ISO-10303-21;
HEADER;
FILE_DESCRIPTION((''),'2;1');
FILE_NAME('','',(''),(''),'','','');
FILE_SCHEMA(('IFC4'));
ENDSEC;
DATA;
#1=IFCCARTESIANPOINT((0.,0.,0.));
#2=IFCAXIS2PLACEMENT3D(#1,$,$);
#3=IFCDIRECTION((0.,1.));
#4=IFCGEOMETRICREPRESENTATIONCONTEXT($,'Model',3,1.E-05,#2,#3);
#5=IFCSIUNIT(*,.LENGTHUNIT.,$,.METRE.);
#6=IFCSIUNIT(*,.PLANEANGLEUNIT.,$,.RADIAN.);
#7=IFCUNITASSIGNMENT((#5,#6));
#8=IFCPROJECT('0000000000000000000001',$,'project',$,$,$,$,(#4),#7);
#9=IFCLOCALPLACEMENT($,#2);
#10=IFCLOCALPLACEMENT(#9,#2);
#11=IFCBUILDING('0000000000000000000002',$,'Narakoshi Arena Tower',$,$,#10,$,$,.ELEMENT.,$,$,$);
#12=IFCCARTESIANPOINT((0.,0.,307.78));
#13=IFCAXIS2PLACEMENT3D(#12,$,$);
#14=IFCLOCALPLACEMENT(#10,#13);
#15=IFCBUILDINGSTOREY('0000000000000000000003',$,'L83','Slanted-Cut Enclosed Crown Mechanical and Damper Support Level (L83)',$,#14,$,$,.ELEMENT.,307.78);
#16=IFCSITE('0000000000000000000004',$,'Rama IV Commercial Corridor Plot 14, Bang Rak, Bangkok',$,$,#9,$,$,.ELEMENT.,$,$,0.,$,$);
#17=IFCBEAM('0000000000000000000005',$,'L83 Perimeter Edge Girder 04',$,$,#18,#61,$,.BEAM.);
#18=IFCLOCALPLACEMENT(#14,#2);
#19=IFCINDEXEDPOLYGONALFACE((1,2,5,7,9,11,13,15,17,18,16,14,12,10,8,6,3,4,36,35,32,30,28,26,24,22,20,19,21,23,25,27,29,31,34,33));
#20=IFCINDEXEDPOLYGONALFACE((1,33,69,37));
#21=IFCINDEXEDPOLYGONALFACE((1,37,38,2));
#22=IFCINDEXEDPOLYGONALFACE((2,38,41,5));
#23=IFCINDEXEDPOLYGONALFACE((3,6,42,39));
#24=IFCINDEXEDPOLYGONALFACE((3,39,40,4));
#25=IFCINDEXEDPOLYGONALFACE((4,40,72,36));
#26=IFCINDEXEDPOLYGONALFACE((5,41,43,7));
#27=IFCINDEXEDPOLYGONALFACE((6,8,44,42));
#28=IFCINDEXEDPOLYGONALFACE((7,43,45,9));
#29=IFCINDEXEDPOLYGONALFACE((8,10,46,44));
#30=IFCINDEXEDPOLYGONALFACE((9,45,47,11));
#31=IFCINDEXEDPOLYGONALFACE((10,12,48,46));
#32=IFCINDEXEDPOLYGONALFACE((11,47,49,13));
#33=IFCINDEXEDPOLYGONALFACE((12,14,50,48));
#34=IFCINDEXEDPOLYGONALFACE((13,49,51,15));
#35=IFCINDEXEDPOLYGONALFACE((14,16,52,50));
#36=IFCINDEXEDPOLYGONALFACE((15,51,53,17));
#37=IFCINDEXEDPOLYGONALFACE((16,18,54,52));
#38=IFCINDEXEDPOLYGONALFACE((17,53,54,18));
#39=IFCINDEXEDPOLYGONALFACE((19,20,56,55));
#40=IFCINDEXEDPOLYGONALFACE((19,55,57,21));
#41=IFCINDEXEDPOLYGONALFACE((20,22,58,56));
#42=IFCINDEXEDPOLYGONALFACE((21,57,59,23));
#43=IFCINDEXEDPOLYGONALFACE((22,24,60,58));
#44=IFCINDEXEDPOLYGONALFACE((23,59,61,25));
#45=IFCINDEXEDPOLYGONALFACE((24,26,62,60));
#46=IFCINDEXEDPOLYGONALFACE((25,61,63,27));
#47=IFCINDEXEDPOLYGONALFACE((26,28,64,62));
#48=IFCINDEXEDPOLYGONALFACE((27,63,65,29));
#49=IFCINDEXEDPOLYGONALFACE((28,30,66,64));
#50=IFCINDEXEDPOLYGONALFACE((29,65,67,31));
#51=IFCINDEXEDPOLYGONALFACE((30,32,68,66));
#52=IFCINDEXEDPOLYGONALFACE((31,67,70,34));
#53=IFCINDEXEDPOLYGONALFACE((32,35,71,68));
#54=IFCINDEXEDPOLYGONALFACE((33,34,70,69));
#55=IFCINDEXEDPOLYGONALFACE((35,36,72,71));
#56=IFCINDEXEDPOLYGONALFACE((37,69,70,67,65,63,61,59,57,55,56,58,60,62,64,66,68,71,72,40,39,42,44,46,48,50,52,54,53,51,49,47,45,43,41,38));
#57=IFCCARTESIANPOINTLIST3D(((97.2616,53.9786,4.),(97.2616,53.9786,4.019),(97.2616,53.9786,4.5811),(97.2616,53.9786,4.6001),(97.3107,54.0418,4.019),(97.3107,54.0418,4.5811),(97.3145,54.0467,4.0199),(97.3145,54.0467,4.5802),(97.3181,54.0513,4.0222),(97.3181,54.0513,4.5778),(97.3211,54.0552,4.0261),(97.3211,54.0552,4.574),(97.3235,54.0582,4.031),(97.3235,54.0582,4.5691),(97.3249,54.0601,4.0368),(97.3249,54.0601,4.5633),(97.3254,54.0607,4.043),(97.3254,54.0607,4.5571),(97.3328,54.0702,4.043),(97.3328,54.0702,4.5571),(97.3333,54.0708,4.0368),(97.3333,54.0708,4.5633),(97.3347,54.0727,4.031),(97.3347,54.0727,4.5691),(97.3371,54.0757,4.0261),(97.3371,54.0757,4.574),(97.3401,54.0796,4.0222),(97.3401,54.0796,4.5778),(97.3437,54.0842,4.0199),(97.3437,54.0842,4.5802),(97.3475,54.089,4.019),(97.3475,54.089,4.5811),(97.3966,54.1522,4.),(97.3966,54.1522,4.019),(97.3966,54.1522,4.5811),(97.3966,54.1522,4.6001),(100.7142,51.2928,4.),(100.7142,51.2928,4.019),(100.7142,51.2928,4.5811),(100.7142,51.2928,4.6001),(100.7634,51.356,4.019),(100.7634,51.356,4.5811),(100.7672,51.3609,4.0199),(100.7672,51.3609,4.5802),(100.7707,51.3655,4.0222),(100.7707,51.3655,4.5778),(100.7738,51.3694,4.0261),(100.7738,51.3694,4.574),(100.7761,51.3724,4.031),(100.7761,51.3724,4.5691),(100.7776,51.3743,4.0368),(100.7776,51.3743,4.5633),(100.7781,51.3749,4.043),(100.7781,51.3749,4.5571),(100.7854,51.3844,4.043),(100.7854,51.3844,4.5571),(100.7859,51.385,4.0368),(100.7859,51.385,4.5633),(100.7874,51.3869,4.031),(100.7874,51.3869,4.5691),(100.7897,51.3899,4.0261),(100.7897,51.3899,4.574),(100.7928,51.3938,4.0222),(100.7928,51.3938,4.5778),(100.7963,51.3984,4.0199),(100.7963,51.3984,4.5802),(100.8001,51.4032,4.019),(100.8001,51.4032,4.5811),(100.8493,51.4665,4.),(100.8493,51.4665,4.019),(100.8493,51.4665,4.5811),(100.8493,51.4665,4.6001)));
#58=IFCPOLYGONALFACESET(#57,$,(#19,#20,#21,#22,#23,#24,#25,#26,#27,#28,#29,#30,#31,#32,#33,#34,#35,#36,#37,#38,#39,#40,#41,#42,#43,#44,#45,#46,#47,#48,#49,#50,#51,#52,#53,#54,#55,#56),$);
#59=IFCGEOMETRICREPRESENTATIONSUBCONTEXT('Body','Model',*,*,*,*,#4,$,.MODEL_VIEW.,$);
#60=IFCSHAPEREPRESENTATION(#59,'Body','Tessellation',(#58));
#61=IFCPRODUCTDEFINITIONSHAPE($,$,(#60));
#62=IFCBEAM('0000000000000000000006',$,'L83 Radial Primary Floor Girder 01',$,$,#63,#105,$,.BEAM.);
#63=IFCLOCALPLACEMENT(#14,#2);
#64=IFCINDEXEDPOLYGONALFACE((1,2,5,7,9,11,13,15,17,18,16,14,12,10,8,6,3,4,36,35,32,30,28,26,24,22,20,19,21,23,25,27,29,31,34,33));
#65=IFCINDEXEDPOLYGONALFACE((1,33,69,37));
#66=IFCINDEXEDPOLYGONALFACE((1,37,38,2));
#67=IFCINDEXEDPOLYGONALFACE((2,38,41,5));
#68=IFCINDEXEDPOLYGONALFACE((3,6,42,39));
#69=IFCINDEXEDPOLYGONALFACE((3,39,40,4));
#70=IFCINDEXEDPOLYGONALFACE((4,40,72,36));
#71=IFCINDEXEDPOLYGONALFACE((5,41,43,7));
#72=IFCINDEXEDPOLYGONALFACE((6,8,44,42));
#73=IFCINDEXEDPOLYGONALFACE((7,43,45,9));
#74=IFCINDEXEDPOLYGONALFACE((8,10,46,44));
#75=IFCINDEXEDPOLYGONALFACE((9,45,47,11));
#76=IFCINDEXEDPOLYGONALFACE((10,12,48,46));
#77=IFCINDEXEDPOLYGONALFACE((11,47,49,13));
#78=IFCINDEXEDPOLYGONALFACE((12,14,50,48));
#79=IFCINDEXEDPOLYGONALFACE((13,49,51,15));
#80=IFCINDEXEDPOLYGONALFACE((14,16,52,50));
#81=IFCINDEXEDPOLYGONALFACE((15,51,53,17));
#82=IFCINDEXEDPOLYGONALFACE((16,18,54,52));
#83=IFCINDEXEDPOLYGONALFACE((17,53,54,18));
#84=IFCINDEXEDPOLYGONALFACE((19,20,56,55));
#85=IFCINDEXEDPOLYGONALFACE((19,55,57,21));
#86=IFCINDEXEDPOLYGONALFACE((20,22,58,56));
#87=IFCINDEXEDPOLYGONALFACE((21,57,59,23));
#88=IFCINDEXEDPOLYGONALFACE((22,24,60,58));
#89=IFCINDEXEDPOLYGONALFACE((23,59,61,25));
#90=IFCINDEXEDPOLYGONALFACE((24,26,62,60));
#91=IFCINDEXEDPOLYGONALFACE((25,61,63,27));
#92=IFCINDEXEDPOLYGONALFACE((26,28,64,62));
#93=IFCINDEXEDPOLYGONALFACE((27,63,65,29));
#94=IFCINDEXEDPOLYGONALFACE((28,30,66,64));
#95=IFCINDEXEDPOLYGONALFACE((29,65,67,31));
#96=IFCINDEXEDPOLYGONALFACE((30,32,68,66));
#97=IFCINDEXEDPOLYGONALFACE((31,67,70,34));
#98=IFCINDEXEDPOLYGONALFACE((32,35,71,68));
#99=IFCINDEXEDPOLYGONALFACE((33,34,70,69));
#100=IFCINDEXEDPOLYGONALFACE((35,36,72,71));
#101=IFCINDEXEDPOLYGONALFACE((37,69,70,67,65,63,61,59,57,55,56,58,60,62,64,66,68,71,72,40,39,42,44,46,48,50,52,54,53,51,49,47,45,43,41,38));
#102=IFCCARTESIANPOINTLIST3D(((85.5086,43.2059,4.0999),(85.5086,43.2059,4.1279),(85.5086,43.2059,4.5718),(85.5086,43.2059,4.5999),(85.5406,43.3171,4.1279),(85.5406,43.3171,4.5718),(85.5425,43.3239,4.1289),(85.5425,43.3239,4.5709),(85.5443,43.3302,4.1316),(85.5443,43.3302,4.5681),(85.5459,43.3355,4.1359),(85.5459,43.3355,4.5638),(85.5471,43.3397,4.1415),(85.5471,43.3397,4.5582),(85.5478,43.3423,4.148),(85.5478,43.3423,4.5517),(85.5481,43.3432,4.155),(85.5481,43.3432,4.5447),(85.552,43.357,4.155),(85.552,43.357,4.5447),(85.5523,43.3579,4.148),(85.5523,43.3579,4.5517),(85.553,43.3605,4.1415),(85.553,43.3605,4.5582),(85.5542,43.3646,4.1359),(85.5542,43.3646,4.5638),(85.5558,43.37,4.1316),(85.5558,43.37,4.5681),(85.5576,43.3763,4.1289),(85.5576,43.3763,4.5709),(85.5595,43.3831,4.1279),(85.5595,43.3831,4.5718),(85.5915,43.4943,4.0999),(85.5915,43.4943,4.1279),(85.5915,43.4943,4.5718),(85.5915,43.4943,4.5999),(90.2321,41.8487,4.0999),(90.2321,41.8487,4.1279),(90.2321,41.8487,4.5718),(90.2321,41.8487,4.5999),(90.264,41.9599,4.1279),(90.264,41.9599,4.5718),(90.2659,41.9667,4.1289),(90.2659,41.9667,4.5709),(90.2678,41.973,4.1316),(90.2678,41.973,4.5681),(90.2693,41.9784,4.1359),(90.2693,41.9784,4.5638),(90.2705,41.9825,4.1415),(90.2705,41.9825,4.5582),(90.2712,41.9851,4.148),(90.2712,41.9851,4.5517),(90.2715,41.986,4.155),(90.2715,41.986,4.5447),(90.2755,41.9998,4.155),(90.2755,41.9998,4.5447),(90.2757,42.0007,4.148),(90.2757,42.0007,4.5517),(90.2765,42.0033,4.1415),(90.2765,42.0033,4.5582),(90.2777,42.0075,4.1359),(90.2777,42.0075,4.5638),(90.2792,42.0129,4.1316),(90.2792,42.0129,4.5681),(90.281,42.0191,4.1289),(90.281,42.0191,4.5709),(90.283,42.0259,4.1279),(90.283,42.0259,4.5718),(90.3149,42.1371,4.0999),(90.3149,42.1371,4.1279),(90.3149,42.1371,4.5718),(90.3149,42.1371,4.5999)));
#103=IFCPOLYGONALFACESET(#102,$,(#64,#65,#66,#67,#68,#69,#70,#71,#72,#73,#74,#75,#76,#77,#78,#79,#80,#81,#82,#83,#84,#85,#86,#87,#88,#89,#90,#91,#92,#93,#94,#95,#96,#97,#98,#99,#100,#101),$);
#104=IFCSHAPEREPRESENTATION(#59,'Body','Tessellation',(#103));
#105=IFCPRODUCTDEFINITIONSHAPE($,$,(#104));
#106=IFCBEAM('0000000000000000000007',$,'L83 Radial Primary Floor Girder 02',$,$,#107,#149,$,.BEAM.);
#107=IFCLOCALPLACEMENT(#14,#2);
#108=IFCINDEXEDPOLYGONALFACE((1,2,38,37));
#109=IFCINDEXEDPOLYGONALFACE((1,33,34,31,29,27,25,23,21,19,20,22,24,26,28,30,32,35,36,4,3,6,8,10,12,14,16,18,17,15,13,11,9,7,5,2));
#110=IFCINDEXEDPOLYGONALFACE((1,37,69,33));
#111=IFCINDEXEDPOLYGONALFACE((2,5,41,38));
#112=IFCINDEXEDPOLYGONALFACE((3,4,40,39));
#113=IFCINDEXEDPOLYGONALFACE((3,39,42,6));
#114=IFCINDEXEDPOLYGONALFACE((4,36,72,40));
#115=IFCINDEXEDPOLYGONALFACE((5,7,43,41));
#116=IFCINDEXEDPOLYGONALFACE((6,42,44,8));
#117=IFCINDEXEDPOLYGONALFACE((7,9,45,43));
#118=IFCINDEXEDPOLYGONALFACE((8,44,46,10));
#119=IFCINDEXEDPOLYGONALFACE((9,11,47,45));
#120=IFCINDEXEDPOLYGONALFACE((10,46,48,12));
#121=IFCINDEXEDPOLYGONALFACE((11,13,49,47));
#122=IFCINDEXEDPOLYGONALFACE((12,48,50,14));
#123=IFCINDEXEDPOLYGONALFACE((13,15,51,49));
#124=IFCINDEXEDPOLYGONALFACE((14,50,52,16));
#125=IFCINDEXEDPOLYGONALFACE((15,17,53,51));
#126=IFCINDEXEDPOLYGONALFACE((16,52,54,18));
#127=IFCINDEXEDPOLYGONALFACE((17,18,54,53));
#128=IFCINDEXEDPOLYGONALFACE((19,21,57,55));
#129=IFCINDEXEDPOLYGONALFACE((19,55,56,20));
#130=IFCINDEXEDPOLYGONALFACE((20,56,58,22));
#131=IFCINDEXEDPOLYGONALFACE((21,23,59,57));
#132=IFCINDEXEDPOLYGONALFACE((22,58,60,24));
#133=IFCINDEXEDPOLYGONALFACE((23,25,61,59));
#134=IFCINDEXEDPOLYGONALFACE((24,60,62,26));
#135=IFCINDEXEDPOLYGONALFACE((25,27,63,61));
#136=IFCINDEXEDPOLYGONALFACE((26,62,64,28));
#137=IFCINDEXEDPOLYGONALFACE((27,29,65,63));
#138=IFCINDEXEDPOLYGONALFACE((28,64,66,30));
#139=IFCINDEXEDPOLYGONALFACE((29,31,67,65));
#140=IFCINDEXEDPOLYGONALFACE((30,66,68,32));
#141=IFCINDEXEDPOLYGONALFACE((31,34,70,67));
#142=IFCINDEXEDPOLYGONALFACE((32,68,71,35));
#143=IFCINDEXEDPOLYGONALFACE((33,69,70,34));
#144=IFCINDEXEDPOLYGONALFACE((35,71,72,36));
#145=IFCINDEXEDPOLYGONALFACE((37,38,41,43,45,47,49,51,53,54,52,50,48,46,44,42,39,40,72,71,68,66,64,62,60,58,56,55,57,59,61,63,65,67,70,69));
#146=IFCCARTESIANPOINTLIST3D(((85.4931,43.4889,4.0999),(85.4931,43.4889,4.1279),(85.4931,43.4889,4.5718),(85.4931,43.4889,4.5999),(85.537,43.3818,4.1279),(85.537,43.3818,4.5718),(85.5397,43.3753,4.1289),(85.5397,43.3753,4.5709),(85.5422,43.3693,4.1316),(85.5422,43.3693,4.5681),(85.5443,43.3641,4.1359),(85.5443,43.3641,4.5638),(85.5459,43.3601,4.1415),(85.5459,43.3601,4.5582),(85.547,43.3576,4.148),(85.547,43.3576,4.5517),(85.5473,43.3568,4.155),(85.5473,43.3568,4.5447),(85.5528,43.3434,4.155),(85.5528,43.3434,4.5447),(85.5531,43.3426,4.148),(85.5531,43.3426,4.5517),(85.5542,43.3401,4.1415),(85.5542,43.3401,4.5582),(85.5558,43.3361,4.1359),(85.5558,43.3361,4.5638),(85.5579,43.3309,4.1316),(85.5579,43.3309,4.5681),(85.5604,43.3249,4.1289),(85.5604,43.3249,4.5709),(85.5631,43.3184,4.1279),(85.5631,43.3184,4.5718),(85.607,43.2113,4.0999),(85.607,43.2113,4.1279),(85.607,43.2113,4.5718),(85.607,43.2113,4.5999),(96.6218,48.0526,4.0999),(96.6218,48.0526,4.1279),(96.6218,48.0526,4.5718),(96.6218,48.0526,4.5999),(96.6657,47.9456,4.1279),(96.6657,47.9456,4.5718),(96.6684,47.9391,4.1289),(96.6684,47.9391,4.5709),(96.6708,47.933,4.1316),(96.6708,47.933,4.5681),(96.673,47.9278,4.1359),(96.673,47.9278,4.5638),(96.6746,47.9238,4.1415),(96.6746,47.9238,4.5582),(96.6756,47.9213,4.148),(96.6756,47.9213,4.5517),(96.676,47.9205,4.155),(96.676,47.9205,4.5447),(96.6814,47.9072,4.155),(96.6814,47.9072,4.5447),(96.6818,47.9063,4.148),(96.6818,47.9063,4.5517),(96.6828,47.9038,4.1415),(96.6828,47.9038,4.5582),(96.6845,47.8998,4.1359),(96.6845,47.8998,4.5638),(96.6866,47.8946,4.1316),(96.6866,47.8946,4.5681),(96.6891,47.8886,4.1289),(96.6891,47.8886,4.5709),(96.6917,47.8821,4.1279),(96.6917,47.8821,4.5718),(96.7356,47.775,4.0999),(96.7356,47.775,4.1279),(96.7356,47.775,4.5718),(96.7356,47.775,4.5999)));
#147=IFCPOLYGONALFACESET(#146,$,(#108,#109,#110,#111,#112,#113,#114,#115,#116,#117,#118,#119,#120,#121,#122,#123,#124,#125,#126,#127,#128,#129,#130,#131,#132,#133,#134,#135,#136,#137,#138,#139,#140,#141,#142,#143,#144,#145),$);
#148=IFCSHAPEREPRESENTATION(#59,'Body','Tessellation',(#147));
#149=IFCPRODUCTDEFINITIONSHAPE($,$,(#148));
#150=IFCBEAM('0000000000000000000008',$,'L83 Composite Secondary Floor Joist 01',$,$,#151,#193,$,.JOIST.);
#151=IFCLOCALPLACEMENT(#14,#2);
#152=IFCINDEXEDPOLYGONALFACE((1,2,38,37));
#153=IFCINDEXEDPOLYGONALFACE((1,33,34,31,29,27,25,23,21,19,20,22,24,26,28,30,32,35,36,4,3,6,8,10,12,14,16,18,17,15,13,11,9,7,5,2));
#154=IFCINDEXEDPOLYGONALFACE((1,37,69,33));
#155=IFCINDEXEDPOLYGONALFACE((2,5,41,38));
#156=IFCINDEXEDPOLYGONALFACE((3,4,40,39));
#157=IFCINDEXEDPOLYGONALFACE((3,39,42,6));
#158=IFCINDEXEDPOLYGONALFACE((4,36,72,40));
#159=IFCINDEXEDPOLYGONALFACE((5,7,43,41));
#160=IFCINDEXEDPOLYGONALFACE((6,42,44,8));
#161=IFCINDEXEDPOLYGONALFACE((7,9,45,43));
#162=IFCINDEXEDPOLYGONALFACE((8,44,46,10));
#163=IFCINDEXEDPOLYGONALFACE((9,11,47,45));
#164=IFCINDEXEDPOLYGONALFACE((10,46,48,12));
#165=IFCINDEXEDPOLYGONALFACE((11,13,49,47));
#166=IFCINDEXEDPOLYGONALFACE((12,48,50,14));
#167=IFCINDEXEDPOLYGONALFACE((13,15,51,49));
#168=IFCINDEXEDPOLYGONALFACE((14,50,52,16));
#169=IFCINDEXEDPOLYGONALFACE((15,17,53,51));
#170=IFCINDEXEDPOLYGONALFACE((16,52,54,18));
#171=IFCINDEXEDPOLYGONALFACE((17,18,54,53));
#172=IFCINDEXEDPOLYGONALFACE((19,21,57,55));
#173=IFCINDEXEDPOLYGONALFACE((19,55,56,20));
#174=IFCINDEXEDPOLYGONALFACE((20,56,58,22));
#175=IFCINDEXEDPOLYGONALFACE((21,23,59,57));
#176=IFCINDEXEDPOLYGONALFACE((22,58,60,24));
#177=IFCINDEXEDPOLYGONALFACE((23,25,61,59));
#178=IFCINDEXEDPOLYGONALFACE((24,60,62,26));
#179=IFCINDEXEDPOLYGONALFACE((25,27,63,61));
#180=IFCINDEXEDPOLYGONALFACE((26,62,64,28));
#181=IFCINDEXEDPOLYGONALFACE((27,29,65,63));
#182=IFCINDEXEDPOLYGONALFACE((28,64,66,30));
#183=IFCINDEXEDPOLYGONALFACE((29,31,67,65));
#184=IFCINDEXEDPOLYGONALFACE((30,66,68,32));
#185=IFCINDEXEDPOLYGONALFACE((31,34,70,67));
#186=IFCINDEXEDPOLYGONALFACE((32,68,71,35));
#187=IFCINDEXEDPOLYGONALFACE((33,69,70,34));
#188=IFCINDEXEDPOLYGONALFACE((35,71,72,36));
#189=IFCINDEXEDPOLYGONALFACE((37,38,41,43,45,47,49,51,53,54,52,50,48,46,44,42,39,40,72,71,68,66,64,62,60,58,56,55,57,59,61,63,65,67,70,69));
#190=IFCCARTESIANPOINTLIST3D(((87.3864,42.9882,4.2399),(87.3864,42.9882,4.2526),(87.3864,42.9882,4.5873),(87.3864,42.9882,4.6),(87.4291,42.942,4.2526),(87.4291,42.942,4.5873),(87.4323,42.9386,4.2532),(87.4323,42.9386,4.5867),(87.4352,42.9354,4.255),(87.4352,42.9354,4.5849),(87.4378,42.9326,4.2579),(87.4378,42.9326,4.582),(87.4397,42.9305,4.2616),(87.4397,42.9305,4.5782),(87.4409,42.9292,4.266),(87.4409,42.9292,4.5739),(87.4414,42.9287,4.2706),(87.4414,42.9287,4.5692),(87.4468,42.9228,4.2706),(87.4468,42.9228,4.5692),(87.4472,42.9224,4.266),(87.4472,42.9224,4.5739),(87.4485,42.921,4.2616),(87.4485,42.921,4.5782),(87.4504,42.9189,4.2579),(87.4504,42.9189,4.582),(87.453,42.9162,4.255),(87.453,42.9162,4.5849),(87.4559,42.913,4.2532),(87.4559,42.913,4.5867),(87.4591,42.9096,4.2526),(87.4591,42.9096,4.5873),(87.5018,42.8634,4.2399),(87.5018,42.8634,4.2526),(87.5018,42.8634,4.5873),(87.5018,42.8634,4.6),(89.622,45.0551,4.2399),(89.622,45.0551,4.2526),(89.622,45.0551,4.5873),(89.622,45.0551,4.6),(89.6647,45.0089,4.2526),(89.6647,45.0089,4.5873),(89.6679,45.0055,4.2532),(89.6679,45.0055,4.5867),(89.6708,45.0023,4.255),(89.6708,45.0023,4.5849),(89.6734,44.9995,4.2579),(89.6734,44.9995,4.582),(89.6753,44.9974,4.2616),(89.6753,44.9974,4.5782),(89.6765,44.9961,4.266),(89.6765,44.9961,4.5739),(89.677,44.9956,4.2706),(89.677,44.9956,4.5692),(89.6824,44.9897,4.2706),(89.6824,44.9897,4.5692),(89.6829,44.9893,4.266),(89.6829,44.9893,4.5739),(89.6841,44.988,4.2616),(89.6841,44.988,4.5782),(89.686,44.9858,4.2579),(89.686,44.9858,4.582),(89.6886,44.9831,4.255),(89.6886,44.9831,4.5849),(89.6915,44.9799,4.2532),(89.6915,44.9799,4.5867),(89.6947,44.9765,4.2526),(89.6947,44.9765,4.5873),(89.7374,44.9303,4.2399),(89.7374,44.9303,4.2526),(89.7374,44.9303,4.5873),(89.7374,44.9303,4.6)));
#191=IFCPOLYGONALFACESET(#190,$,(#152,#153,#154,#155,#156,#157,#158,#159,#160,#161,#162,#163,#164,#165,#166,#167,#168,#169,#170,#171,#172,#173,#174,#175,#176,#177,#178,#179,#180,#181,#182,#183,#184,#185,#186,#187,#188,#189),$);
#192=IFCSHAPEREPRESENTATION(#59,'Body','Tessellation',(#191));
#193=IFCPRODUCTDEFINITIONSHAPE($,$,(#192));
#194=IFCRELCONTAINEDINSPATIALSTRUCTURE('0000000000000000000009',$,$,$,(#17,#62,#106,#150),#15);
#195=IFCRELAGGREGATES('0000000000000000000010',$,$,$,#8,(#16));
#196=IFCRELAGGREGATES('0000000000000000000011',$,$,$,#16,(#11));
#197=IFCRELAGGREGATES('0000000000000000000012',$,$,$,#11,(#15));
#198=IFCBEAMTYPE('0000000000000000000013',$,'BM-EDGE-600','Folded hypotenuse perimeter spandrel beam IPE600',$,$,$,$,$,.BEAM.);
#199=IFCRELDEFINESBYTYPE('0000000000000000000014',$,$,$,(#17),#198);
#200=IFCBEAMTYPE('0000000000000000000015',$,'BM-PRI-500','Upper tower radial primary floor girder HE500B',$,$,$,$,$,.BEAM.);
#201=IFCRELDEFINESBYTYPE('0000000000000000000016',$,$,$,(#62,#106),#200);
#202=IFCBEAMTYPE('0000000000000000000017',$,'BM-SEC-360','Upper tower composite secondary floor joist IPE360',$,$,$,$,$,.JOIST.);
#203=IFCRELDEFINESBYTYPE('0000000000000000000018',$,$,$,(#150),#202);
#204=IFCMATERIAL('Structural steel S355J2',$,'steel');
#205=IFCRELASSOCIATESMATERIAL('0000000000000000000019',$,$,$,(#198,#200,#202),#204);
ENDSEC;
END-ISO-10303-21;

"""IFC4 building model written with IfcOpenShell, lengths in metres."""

from ifc_helpers import new_model, si_unit, direction, frame, origin, origin_2d, place, context, subcontext, project, spatial, i_section, extrude, material, material_profile, profile_set, type_object, element, save


model = new_model("IFC4")

# Units and contexts
model_context = context("Model", 3, precision=1e-05, world=origin(), true_north=direction((0.0, 1.0)))
body_context = subcontext(model_context, "Body", "Model", "MODEL_VIEW")
ifc_project = project(units=[si_unit("LENGTHUNIT", "METRE"), si_unit("PLANEANGLEUNIT", "RADIAN")], contexts=[model_context])

# Site, building, storey
site_placement = place(None, origin())
site = spatial("IfcSite", under=ifc_project, at=site_placement, Name="Rama IV Commercial Corridor Plot 14, Bang Rak, Bangkok", CompositionType="ELEMENT", RefElevation=0.0)
building_placement = place(site_placement, origin())
building = spatial("IfcBuilding", under=site, at=building_placement, Name="Narakoshi Arena Tower", CompositionType="ELEMENT")
storey_placement = place(building_placement, frame((0.0, 0.0, 307.78)))
storey = spatial("IfcBuildingStorey", under=building, at=storey_placement, Name="L83", Description="Slanted-Cut Enclosed Crown Mechanical and Damper Support Level (L83)", CompositionType="ELEMENT", Elevation=307.78)

# Shared definitions
ifc_material_1 = material(Name="Structural steel S355J2", Category="steel")

# Beams
ifc_material_profile_1 = material_profile(ifc_material_1, i_section(OverallWidth=0.22, OverallDepth=0.6001, WebThickness=0.012, FlangeThickness=0.019, FilletRadius=0.0239, at=origin_2d()), Name="IPE600")
ifc_profile_set_1 = profile_set([ifc_material_profile_1], Name="Structural steel S355J2")
beam_type_1 = type_object("IfcBeamType", Name="BM-EDGE-600", Description="Folded hypotenuse perimeter spandrel beam IPE600", PredefinedType="BEAM", material=ifc_profile_set_1)
beam_1_placement = place(storey_placement, frame((100.7817, 51.3796, 4.3), z_axis=(-0.789307, 0.613999, 0.0), x_axis=(-0.613999, -0.789307, 0.0)))
element("IfcBeam", 1, at=beam_1_placement, inside=storey, type_object=beam_type_1, Name="L83 Perimeter Edge Girder 04", PredefinedType="BEAM", context=body_context, shape_type="SweptSolid", body=[
    extrude(i_section(OverallWidth=0.22, OverallDepth=0.6001, WebThickness=0.012, FlangeThickness=0.019, FilletRadius=0.0239, at=origin_2d()), origin(), (0.0, 0.0, 1.0), 4.3743),
])
ifc_material_profile_2 = material_profile(ifc_material_1, i_section(OverallWidth=0.3, OverallDepth=0.5, WebThickness=0.0144, FlangeThickness=0.0281, FilletRadius=0.0271, at=origin_2d()), Name="HE500B")
ifc_profile_set_2 = profile_set([ifc_material_profile_2], Name="Structural steel S355J2")
beam_type_2 = type_object("IfcBeamType", Name="BM-PRI-500", Description="Upper tower radial primary floor girder HE500B", PredefinedType="BEAM", material=ifc_profile_set_2)
beam_2_placement = place(storey_placement, frame((85.55, 43.3501, 4.3499), z_axis=(0.961112, -0.276158, 0.0), x_axis=(0.276158, 0.961112, 0.0)))
element("IfcBeam", 2, at=beam_2_placement, inside=storey, type_object=beam_type_2, Name="L83 Radial Primary Floor Girder 01", PredefinedType="BEAM", context=body_context, shape_type="SweptSolid", body=[
    extrude(i_section(OverallWidth=0.3, OverallDepth=0.5, WebThickness=0.0144, FlangeThickness=0.0281, FilletRadius=0.0271, at=origin_2d()), origin(), (0.0, 0.0, 1.0), 4.9146),
])
beam_3_placement = place(storey_placement, frame((85.55, 43.3501, 4.3499), z_axis=(0.925224, 0.379422, 0.0), x_axis=(-0.379422, 0.925224, 0.0)))
element("IfcBeam", 3, at=beam_3_placement, inside=storey, type_object=beam_type_2, Name="L83 Radial Primary Floor Girder 02", PredefinedType="BEAM", context=body_context, shape_type="SweptSolid", body=[
    extrude(i_section(OverallWidth=0.3, OverallDepth=0.5, WebThickness=0.0144, FlangeThickness=0.0281, FilletRadius=0.0271, at=origin_2d()), origin(), (0.0, 0.0, 1.0), 12.0281),
])
ifc_material_profile_3 = material_profile(ifc_material_1, i_section(OverallWidth=0.1699, OverallDepth=0.3601, WebThickness=0.0081, FlangeThickness=0.0127, FilletRadius=0.0181, at=origin_2d()), Name="IPE360")
ifc_profile_set_3 = profile_set([ifc_material_profile_3], Name="Structural steel S355J2")
beam_type_3 = type_object("IfcBeamType", Name="BM-SEC-360", Description="Upper tower composite secondary floor joist IPE360", PredefinedType="JOIST", material=ifc_profile_set_3)
beam_4_placement = place(storey_placement, frame((87.4441, 42.9258, 4.4199), z_axis=(0.734268, 0.678859, 0.0), x_axis=(-0.678859, 0.734268, 0.0)))
element("IfcBeam", 4, at=beam_4_placement, inside=storey, type_object=beam_type_3, Name="L83 Composite Secondary Floor Joist 01", PredefinedType="JOIST", context=body_context, shape_type="SweptSolid", body=[
    extrude(i_section(OverallWidth=0.1699, OverallDepth=0.3601, WebThickness=0.0081, FlangeThickness=0.0127, FilletRadius=0.0181, at=origin_2d()), origin(), (0.0, 0.0, 1.0), 3.0447),
])

save(model, "model.ifc")
